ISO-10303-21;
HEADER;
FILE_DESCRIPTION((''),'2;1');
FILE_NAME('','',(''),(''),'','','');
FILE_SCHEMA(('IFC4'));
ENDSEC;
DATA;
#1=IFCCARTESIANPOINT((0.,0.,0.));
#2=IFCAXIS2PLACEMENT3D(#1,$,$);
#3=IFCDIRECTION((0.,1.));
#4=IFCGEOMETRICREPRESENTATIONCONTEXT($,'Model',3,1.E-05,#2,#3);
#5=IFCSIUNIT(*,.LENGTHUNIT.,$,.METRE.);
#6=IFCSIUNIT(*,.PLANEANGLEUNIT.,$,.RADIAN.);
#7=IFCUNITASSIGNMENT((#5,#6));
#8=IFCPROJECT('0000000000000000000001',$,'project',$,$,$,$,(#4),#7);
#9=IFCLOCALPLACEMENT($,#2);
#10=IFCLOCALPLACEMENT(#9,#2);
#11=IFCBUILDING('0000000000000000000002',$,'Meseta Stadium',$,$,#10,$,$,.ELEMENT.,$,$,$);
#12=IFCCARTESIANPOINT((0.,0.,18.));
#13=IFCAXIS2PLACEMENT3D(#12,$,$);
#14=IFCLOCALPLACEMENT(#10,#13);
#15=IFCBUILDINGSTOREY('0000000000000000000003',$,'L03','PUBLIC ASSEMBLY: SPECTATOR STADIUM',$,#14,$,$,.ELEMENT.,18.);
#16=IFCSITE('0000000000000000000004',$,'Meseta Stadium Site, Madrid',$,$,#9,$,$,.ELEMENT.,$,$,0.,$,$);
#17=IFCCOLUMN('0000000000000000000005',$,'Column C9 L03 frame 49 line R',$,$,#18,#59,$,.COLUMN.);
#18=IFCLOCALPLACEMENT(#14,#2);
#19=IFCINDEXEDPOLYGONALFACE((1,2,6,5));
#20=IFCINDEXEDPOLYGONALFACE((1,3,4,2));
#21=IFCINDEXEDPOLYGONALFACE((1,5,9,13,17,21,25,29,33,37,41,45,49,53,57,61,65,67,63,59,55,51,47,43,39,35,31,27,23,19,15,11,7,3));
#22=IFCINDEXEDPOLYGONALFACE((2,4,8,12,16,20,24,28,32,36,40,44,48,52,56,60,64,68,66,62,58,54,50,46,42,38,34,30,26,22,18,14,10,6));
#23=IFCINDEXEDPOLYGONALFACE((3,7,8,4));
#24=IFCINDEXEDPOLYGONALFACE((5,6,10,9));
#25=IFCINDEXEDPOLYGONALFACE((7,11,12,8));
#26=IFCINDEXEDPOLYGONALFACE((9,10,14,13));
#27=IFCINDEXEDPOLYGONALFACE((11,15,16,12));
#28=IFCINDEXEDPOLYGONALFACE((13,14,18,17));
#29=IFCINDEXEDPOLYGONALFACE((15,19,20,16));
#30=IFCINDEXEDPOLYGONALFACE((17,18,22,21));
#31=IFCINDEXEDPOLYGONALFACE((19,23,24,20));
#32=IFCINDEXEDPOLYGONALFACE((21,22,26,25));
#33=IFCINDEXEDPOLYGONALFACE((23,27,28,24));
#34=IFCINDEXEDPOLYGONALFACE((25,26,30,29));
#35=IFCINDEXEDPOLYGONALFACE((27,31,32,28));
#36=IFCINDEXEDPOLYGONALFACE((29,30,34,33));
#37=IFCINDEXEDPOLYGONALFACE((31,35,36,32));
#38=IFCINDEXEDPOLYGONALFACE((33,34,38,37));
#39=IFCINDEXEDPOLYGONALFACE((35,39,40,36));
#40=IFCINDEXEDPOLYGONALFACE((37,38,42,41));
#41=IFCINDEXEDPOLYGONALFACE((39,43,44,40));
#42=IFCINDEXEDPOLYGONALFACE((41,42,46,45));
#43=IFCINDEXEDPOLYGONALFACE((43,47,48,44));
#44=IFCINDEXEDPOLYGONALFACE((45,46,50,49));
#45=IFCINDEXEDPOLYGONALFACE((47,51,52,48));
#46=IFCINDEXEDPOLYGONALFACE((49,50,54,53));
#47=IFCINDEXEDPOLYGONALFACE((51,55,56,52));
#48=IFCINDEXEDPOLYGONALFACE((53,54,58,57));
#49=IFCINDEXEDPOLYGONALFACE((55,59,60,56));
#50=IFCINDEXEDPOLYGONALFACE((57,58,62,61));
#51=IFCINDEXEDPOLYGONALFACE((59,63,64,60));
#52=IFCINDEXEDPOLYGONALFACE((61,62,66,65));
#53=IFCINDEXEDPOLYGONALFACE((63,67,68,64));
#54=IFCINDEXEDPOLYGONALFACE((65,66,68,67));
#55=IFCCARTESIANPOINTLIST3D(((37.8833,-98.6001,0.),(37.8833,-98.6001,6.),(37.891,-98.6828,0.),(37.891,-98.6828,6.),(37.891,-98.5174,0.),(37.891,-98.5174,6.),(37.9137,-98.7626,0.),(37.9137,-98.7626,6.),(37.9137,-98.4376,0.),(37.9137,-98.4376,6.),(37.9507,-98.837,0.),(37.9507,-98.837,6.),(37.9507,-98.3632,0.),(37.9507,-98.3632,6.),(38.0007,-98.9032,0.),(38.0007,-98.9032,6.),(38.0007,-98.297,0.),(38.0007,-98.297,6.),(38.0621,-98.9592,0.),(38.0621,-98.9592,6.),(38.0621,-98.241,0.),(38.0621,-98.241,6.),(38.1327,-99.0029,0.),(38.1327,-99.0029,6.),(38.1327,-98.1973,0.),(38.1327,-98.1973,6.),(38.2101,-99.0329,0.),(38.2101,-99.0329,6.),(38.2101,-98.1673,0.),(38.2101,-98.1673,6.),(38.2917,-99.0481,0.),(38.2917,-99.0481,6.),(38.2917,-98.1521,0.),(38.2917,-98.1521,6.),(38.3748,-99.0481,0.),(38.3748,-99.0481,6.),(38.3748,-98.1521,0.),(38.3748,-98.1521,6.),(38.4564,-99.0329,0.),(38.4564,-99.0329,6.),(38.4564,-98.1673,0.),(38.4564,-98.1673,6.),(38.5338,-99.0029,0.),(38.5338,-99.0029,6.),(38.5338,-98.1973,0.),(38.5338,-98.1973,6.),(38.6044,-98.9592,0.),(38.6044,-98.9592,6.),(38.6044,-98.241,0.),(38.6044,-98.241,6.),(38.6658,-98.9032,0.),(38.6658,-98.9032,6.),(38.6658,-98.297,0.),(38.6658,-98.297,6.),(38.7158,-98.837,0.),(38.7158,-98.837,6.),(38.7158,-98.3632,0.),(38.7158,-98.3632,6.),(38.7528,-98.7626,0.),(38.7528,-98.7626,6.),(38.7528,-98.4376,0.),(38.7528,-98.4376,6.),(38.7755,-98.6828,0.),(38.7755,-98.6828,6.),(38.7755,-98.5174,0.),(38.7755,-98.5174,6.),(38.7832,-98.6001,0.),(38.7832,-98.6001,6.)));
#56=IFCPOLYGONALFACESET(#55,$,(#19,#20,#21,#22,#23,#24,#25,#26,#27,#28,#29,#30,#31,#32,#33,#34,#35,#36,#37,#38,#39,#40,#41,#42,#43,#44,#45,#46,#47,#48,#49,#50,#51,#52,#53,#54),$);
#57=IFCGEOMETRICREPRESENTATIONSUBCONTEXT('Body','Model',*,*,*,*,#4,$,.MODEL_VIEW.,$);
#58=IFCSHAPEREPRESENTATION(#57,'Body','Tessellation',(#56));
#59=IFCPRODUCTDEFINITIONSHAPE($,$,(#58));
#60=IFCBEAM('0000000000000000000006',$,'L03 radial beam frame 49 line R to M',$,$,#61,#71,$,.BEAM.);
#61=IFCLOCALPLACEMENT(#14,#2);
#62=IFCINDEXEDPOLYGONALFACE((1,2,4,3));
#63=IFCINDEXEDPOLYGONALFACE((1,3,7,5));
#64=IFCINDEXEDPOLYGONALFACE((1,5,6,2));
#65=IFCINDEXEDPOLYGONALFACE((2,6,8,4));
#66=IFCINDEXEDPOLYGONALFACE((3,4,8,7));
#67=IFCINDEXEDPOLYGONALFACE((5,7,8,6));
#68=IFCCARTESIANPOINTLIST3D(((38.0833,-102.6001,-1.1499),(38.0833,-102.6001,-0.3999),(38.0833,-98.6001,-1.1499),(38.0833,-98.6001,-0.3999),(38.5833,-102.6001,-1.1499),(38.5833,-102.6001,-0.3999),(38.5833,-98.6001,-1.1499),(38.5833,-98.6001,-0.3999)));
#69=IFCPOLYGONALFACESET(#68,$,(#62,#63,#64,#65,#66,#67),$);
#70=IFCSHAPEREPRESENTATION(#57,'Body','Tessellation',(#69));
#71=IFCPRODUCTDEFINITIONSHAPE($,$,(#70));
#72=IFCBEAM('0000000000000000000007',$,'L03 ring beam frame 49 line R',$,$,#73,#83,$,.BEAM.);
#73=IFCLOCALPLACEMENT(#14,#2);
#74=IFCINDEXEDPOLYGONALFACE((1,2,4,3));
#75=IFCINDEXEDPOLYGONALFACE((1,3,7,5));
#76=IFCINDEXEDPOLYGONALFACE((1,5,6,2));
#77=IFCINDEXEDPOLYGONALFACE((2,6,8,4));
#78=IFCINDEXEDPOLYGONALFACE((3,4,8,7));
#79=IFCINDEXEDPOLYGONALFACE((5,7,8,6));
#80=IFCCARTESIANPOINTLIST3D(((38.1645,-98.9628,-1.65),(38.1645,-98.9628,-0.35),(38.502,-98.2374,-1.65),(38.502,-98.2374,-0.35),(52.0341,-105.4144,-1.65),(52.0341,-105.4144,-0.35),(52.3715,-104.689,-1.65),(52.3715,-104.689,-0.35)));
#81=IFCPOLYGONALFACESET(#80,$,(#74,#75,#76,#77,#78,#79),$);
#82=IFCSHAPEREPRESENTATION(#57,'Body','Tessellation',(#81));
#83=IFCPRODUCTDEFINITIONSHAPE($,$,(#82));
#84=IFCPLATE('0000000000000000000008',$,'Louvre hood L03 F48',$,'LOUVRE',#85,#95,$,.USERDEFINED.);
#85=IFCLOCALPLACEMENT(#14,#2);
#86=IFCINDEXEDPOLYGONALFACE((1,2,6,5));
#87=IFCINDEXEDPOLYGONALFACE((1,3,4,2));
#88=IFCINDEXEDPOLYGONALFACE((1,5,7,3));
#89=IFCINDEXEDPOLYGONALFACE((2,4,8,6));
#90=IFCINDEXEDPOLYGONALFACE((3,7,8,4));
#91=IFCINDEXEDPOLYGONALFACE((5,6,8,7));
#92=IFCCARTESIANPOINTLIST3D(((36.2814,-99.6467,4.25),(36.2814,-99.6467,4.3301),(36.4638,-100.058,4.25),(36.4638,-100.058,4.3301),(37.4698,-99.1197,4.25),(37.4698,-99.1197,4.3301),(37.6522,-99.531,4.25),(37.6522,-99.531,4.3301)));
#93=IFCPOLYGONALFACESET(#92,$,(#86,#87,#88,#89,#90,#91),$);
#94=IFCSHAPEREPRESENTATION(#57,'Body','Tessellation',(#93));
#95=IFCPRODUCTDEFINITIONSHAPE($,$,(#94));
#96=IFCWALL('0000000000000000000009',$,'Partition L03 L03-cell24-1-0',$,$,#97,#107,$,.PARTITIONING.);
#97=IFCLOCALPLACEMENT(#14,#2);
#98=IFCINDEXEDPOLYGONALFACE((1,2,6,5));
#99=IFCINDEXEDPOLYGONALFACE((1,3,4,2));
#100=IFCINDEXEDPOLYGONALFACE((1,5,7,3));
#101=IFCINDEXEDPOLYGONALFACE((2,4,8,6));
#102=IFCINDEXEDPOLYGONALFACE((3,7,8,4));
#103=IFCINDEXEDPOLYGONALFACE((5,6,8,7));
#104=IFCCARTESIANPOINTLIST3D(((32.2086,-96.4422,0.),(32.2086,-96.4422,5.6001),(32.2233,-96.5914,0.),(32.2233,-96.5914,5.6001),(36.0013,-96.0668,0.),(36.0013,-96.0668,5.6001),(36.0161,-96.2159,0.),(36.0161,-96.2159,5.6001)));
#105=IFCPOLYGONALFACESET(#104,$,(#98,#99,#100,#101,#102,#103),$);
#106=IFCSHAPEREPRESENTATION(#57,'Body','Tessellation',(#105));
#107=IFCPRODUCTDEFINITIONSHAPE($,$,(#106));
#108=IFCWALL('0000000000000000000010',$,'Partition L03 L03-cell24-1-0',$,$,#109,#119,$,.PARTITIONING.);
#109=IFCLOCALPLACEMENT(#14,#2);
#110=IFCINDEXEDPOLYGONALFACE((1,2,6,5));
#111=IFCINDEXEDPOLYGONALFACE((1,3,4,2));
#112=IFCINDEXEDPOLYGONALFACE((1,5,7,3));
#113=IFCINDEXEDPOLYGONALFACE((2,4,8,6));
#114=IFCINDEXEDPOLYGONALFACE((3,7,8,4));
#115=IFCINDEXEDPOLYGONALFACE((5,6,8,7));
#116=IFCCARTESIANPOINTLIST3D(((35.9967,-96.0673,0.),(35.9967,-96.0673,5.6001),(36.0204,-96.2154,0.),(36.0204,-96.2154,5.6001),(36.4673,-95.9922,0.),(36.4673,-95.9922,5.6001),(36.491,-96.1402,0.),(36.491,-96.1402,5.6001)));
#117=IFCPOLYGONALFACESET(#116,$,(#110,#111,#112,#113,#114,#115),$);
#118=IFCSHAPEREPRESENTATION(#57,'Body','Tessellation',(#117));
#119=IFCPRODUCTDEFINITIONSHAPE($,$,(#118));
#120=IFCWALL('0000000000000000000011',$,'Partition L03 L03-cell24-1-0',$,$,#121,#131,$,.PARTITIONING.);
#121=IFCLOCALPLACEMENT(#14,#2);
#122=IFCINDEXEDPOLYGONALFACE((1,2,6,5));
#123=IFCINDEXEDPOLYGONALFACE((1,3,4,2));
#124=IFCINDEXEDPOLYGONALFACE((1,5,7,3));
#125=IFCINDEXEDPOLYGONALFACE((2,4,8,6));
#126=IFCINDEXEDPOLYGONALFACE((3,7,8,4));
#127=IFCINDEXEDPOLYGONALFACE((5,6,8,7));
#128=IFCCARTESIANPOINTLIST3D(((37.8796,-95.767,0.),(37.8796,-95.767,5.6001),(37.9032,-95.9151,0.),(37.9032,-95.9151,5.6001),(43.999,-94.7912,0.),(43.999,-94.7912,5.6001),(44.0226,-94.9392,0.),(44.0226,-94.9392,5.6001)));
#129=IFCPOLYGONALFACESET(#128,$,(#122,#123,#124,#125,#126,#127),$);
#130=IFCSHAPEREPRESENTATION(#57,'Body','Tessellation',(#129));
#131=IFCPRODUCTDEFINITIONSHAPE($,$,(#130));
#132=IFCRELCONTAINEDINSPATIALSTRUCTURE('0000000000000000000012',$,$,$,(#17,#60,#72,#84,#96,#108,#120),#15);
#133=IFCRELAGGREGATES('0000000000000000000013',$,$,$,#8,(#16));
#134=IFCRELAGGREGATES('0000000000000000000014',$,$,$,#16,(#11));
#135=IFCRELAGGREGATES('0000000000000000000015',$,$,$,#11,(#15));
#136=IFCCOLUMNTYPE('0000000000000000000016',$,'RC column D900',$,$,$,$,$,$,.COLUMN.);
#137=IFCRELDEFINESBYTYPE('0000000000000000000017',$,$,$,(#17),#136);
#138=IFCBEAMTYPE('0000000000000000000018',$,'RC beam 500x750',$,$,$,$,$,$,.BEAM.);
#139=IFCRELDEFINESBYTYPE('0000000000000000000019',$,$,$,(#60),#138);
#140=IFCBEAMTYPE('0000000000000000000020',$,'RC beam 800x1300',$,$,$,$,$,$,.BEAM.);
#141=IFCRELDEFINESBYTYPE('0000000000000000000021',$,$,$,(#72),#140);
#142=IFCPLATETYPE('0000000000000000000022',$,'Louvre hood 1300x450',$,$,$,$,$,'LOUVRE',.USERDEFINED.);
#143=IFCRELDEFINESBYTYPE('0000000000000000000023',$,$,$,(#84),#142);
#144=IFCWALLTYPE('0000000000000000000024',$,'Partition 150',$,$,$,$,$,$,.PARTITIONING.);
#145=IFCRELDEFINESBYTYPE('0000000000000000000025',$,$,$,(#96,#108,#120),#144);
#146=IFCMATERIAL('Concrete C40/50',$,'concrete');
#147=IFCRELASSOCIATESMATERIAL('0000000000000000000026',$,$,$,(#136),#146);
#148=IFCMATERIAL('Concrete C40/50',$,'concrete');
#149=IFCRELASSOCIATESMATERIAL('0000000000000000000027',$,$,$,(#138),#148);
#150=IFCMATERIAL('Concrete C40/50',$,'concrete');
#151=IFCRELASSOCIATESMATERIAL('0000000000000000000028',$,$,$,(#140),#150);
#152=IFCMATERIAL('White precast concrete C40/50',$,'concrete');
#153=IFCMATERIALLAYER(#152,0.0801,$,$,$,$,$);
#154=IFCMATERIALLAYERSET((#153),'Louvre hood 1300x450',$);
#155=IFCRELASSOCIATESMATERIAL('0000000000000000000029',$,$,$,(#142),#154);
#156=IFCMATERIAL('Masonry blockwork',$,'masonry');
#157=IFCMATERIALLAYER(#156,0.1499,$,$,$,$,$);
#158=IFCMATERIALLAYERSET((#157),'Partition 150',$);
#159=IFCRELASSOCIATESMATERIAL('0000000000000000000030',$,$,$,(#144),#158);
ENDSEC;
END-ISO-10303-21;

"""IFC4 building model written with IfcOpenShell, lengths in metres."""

from ifc_helpers import new_model, si_unit, direction, frame, frame_2d, origin, origin_2d, place, context, subcontext, project, spatial, rectangle, circle, extrude, material, layer, layer_set, material_profile, profile_set, type_object, element, save


model = new_model("IFC4")

# Units and contexts
model_context = context("Model", 3, precision=1e-05, world=origin(), true_north=direction((0.0, 1.0)))
body_context = subcontext(model_context, "Body", "Model", "MODEL_VIEW")
ifc_project = project(units=[si_unit("LENGTHUNIT", "METRE"), si_unit("PLANEANGLEUNIT", "RADIAN")], contexts=[model_context])

# Site, building, storey
site_placement = place(None, origin())
site = spatial("IfcSite", under=ifc_project, at=site_placement, Name="Meseta Stadium Site, Madrid", CompositionType="ELEMENT", RefElevation=0.0)
building_placement = place(site_placement, origin())
building = spatial("IfcBuilding", under=site, at=building_placement, Name="Meseta Stadium", CompositionType="ELEMENT")
storey_placement = place(building_placement, frame((0.0, 0.0, 18.0)))
storey = spatial("IfcBuildingStorey", under=building, at=storey_placement, Name="L03", Description="PUBLIC ASSEMBLY: SPECTATOR STADIUM", CompositionType="ELEMENT", Elevation=18.0)

# Column
ifc_material_1 = material(Name="Concrete C40/50", Category="concrete")
ifc_material_profile_1 = material_profile(ifc_material_1, circle(Radius=0.45, at=origin_2d()), Name="RC D900")
ifc_profile_set_1 = profile_set([ifc_material_profile_1], Name="Concrete C40/50")
column_type = type_object("IfcColumnType", Name="RC column D900", PredefinedType="COLUMN", material=ifc_profile_set_1)
column_placement = place(storey_placement, frame((38.3333, -98.6001, 0.0), z_axis=(0.0, 0.0, 1.0), x_axis=(1.0, 0.0, 0.0)))
element("IfcColumn", 1, at=column_placement, inside=storey, type_object=column_type, Name="Column C9 L03 frame 49 line R", PredefinedType="COLUMN", context=body_context, shape_type="SweptSolid", body=[
    extrude(circle(Radius=0.45, at=origin_2d()), origin(), (0.0, 0.0, 1.0), 6.0),
])

# Beams
ifc_material_2 = material(Name="Concrete C40/50", Category="concrete")
ifc_material_profile_2 = material_profile(ifc_material_2, rectangle(XDim=0.5, YDim=0.75, at=origin_2d()), Name="RC 500x750")
ifc_profile_set_2 = profile_set([ifc_material_profile_2], Name="Concrete C40/50")
beam_type_1 = type_object("IfcBeamType", Name="RC beam 500x750", PredefinedType="BEAM", material=ifc_profile_set_2)
beam_1_placement = place(storey_placement, frame((38.3333, -98.6001, -0.7749), z_axis=(0.0, -1.0, 0.0), x_axis=(1.0, 0.0, 0.0)))
element("IfcBeam", 2, at=beam_1_placement, inside=storey, type_object=beam_type_1, Name="L03 radial beam frame 49 line R to M", PredefinedType="BEAM", context=body_context, shape_type="SweptSolid", body=[
    extrude(rectangle(XDim=0.5, YDim=0.75, at=origin_2d()), origin(), (0.0, 0.0, 1.0), 4.0),
])
ifc_material_3 = material(Name="Concrete C40/50", Category="concrete")
ifc_material_profile_3 = material_profile(ifc_material_3, rectangle(XDim=0.8, YDim=1.3, at=origin_2d()), Name="RC 800x1300")
ifc_profile_set_3 = profile_set([ifc_material_profile_3], Name="Concrete C40/50")
beam_type_2 = type_object("IfcBeamType", Name="RC beam 800x1300", PredefinedType="BEAM", material=ifc_profile_set_3)
beam_2_placement = place(storey_placement, frame((38.3333, -98.6001, -1.0), z_axis=(0.906704, -0.421767, 0.0), x_axis=(0.421767, 0.906704, 0.0)))
element("IfcBeam", 3, at=beam_2_placement, inside=storey, type_object=beam_type_2, Name="L03 ring beam frame 49 line R", PredefinedType="BEAM", context=body_context, shape_type="SweptSolid", body=[
    extrude(rectangle(XDim=0.8, YDim=1.3, at=origin_2d()), origin(), (0.0, 0.0, 1.0), 15.2966),
])

# Plate
ifc_material_4 = material(Name="White precast concrete C40/50", Category="concrete")
ifc_layer_1 = layer(ifc_material_4, 0.0801)
ifc_layer_set_1 = layer_set([ifc_layer_1], Name="Louvre hood 1300x450")
plate_type = type_object("IfcPlateType", Name="Louvre hood 1300x450", ElementType="LOUVRE", PredefinedType="USERDEFINED", material=ifc_layer_set_1)
plate_placement = place(storey_placement, frame((36.9668, -99.5889, 4.25), z_axis=(0.0, 0.0, 1.0), x_axis=(0.914139, 0.405401, 0.0)))
element("IfcPlate", 4, at=plate_placement, inside=storey, type_object=plate_type, Name="Louvre hood L03 F48", ObjectType="LOUVRE", PredefinedType="USERDEFINED", context=body_context, shape_type="SweptSolid", body=[
    extrude(rectangle(XDim=1.3, YDim=0.45, at=origin_2d()), origin(), (0.0, 0.0, 1.0), 0.0801),
])

# Walls
ifc_material_5 = material(Name="Masonry blockwork", Category="masonry")
ifc_layer_2 = layer(ifc_material_5, 0.1499)
ifc_layer_set_2 = layer_set([ifc_layer_2], Name="Partition 150")
wall_type_1 = type_object("IfcWallType", Name="Partition 150", PredefinedType="PARTITIONING", material=ifc_layer_set_2)
wall_1_placement = place(storey_placement, frame((32.2158, -96.5168, 0.0), z_axis=(0.0, 0.0, 1.0), x_axis=(0.995135, 0.098521, 0.0)))
element("IfcWall", 5, at=wall_1_placement, inside=storey, type_object=wall_type_1, Name="Partition L03 L03-cell24-1-0", PredefinedType="PARTITIONING", context=body_context, shape_type="SweptSolid", body=[
    extrude(rectangle(XDim=3.8113, YDim=0.1499, at=frame_2d((1.9058, 0.0))), origin(), (0.0, 0.0, 1.0), 5.6001),
])
wall_2_placement = place(storey_placement, frame((36.0085, -96.1414, 0.0), z_axis=(0.0, 0.0, 1.0), x_axis=(0.987479, 0.157751, 0.0)))
element("IfcWall", 6, at=wall_2_placement, inside=storey, type_object=wall_type_1, Name="Partition L03 L03-cell24-1-0", PredefinedType="PARTITIONING", context=body_context, shape_type="SweptSolid", body=[
    extrude(rectangle(XDim=0.4766, YDim=0.1499, at=frame_2d((0.2383, 0.0))), origin(), (0.0, 0.0, 1.0), 5.6001),
])
wall_3_placement = place(storey_placement, frame((37.8914, -95.8411, 0.0), z_axis=(0.0, 0.0, 1.0), x_axis=(0.987523, 0.157476, 0.0)))
element("IfcWall", 7, at=wall_3_placement, inside=storey, type_object=wall_type_1, Name="Partition L03 L03-cell24-1-0", PredefinedType="PARTITIONING", context=body_context, shape_type="SweptSolid", body=[
    extrude(rectangle(XDim=6.1968, YDim=0.1499, at=frame_2d((3.0984, 0.0))), origin(), (0.0, 0.0, 1.0), 5.6001),
])

save(model, "model.ifc")
